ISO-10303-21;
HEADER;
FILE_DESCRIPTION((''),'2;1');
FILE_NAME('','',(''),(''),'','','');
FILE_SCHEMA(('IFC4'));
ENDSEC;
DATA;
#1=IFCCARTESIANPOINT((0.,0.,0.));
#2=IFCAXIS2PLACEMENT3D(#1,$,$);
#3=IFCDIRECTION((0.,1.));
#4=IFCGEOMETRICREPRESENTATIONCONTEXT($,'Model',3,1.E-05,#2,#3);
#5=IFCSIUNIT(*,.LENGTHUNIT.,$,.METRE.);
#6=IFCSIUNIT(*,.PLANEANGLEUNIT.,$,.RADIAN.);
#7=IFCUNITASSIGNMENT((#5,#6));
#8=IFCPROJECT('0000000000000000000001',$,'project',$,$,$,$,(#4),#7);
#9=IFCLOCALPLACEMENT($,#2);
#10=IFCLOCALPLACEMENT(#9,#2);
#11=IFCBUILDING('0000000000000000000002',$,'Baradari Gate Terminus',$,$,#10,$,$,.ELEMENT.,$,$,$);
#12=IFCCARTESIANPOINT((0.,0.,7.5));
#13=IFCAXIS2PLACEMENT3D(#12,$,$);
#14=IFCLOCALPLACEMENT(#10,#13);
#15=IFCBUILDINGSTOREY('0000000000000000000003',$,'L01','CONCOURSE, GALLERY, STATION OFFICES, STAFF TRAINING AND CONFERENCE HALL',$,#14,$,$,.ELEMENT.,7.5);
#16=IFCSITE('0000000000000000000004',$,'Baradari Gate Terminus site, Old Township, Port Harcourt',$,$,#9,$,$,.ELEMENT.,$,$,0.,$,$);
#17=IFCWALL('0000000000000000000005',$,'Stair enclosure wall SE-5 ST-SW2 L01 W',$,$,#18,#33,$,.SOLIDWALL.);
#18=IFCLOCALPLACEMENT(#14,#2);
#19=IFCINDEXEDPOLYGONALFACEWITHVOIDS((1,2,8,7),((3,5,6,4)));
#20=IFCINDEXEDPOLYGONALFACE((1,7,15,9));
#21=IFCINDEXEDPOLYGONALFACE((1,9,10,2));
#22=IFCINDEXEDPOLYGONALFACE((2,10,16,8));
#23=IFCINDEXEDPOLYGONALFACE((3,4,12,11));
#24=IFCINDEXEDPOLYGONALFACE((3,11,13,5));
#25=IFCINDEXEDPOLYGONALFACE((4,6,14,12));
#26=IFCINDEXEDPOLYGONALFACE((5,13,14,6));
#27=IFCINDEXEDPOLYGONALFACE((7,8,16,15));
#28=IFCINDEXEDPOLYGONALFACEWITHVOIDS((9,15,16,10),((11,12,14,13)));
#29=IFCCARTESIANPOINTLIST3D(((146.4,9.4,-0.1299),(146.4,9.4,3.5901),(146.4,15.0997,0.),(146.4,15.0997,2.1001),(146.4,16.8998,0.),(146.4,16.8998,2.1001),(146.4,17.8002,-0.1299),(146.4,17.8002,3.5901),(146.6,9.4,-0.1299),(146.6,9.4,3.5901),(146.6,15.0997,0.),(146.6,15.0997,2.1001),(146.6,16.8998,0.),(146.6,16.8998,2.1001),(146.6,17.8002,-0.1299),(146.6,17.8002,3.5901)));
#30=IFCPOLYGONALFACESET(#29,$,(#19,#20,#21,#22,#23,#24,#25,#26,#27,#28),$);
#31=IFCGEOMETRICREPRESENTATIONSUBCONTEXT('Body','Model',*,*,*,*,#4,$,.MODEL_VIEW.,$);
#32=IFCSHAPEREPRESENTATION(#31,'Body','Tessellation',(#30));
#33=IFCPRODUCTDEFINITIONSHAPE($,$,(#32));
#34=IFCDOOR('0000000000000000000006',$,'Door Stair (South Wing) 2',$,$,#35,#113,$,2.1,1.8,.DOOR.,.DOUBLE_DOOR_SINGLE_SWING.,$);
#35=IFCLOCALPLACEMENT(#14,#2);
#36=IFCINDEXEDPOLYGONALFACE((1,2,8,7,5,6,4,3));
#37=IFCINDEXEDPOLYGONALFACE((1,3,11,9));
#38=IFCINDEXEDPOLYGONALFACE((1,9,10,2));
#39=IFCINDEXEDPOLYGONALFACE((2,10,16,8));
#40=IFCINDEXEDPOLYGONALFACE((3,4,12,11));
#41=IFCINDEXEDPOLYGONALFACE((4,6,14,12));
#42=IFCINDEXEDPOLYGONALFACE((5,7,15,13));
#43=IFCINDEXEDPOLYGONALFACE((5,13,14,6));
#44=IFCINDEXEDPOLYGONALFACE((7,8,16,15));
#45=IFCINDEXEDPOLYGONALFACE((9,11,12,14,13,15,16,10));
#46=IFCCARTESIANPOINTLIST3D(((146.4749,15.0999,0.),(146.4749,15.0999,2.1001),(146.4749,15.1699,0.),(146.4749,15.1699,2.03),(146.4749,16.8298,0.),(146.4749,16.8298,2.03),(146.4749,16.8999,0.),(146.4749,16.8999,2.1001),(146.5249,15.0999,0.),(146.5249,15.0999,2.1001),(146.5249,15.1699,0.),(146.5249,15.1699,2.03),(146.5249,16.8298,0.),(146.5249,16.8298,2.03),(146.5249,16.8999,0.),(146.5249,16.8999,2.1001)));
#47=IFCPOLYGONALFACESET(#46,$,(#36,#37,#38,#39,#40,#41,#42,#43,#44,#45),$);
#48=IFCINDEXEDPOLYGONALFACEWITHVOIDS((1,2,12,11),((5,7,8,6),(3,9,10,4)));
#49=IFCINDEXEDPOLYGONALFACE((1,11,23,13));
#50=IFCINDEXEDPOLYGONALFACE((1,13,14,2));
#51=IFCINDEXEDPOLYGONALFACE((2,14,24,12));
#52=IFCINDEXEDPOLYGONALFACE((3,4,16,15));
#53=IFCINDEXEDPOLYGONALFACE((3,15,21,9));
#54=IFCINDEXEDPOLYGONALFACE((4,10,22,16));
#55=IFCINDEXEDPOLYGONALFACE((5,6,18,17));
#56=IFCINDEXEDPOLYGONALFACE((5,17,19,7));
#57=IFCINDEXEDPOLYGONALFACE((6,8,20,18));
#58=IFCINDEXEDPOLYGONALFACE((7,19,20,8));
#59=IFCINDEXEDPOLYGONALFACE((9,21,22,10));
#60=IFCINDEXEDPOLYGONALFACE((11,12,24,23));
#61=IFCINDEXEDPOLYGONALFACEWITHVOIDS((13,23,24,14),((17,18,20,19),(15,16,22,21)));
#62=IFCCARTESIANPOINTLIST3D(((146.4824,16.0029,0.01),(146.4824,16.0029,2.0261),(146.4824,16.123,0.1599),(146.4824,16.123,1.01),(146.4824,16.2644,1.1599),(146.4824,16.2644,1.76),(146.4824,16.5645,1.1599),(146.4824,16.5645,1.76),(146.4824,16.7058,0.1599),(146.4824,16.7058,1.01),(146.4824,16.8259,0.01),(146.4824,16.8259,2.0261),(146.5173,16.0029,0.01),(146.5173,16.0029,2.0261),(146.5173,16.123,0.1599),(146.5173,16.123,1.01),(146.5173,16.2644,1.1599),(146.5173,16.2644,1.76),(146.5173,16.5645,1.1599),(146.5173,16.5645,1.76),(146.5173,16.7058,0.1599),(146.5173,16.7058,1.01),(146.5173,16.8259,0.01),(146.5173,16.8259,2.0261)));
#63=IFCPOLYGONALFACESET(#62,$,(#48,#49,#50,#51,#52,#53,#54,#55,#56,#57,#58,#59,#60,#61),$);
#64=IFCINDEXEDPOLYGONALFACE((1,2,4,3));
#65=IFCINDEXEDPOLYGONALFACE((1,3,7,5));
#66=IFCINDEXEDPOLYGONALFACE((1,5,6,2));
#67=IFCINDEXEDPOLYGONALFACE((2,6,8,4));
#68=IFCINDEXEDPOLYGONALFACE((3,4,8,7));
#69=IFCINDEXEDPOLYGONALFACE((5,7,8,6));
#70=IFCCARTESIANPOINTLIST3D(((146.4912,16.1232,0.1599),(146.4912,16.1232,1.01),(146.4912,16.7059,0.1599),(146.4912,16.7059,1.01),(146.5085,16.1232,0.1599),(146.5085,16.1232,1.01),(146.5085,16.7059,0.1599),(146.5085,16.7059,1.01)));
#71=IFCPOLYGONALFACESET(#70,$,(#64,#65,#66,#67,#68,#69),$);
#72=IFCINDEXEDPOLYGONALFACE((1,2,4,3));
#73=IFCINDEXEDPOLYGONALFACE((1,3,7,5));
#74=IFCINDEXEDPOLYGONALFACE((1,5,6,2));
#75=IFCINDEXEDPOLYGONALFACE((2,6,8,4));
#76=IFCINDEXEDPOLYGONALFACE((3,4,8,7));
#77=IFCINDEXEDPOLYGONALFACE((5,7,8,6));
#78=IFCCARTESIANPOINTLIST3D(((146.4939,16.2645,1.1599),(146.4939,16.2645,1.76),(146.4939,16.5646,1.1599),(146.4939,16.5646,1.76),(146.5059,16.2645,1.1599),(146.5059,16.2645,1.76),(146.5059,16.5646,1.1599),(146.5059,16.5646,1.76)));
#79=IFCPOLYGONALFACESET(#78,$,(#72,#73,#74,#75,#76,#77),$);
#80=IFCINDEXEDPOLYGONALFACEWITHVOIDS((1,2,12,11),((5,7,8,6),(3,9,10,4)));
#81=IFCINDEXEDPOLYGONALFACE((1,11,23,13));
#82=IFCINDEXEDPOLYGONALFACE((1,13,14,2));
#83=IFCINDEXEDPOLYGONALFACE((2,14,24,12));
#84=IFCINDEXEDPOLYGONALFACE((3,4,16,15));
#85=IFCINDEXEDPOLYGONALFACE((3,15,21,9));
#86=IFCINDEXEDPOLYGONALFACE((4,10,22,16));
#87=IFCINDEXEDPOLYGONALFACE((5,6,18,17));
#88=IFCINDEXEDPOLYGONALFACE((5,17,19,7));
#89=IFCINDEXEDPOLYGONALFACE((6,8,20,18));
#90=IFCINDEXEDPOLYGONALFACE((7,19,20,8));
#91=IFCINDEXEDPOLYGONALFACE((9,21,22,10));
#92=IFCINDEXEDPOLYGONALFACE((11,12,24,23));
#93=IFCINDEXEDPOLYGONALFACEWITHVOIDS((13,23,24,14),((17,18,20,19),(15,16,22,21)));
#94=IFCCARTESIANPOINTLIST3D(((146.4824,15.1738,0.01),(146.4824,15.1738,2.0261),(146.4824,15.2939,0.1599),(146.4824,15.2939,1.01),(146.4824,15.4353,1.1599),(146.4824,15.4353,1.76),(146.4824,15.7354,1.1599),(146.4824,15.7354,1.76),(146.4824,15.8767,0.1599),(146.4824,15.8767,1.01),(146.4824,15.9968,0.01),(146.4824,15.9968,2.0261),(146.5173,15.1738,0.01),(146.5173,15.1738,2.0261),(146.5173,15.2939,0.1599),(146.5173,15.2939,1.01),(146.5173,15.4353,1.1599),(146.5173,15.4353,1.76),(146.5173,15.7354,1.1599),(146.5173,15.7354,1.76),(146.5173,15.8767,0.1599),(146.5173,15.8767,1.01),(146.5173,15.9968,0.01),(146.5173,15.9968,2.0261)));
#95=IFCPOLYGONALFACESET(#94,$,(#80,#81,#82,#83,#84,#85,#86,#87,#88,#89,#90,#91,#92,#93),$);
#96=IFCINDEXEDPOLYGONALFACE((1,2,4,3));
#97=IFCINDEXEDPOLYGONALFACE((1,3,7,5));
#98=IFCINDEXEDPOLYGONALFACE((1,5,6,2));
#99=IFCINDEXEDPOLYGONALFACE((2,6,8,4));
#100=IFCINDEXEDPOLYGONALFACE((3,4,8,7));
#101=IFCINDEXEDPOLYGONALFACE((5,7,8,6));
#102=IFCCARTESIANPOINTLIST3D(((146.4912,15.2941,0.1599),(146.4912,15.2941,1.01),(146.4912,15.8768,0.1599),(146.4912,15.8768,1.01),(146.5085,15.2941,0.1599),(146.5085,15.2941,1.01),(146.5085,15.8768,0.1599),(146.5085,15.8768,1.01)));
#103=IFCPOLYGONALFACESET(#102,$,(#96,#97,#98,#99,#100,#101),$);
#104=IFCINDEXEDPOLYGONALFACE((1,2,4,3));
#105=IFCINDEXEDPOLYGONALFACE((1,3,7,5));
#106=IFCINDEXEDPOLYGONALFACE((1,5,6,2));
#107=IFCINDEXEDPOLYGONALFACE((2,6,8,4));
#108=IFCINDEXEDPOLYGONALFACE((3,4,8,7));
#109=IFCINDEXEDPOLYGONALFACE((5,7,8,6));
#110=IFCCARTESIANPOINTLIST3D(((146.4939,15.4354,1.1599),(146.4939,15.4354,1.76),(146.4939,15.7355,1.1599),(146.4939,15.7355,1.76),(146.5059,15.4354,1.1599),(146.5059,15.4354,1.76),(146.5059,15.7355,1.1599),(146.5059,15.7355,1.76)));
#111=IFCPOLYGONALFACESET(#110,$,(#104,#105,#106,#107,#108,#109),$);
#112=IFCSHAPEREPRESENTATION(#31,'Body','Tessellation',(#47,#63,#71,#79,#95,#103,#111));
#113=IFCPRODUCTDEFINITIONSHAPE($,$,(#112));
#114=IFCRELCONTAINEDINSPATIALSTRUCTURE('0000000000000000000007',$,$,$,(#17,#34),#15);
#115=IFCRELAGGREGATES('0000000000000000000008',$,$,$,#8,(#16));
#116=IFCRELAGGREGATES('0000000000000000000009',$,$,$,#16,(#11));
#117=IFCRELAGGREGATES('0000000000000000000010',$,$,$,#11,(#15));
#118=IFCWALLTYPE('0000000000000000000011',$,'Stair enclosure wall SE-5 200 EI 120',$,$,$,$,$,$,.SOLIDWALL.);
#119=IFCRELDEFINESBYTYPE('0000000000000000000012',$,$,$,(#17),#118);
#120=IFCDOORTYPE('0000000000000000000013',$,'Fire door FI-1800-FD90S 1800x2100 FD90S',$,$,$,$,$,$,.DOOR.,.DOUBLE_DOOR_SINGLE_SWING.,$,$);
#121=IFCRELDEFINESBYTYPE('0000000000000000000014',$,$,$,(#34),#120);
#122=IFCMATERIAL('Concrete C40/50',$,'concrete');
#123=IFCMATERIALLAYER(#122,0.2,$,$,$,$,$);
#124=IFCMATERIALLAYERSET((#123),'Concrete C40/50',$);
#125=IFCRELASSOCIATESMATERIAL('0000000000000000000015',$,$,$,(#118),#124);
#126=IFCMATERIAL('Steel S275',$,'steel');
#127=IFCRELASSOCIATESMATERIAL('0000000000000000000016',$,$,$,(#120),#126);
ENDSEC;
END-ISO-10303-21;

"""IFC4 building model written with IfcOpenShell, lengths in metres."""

from ifc_helpers import new_model, si_unit, direction, frame, frame_2d, origin, place, context, subcontext, project, spatial, polyline, rectangle, outline, extrude, material, layer, layer_set, type_object, element, fill, save


model = new_model("IFC4")

# Units and contexts
model_context = context("Model", 3, precision=1e-05, world=origin(), true_north=direction((0.0, 1.0)))
body_context = subcontext(model_context, "Body", "Model", "MODEL_VIEW")
ifc_project = project(units=[si_unit("LENGTHUNIT", "METRE"), si_unit("PLANEANGLEUNIT", "RADIAN")], contexts=[model_context])

# Site, building, storey
site_placement = place(None, origin())
site = spatial("IfcSite", under=ifc_project, at=site_placement, Name="Baradari Gate Terminus site, Old Township, Port Harcourt", CompositionType="ELEMENT", RefElevation=0.0)
building_placement = place(site_placement, origin())
building = spatial("IfcBuilding", under=site, at=building_placement, Name="Baradari Gate Terminus", CompositionType="ELEMENT")
storey_placement = place(building_placement, frame((0.0, 0.0, 7.5)))
storey = spatial("IfcBuildingStorey", under=building, at=storey_placement, Name="L01", Description="CONCOURSE, GALLERY, STATION OFFICES, STAFF TRAINING AND CONFERENCE HALL", CompositionType="ELEMENT", Elevation=7.5)

# Shared definitions
ifc_material_1 = material(Name="Concrete C40/50", Category="concrete")
ifc_layer_1 = layer(ifc_material_1, 0.2)
ifc_layer_set_1 = layer_set([ifc_layer_1], Name="Concrete C40/50")
wall_type_1 = type_object("IfcWallType", Name="Stair enclosure wall SE-5 200 EI 120", PredefinedType="SOLIDWALL", material=ifc_layer_set_1)

# Wall, opening, door
ifc_material_2 = material(Name="Steel S275", Category="steel")
door_type = type_object("IfcDoorType", Name="Fire door FI-1800-FD90S 1800x2100 FD90S", OperationType="DOUBLE_DOOR_SINGLE_SWING", PredefinedType="DOOR", material=ifc_material_2)
wall_1_placement = place(storey_placement, frame((146.5, 9.3999, -0.1299), z_axis=(0.0, 0.0, 1.0), x_axis=(0.0, 1.0, 0.0)))
wall_1 = element("IfcWall", 1, at=wall_1_placement, inside=storey, type_object=wall_type_1, Name="Stair enclosure wall SE-5 ST-SW2 L01 W", PredefinedType="SOLIDWALL", context=body_context, shape_type="SweptSolid", body=[
    extrude(rectangle(XDim=8.4001, YDim=0.2, at=frame_2d((4.2002, 0.0))), origin(), (0.0, 0.0, 1.0), 3.72),
])
opening_1_placement = place(wall_1_placement, frame((5.7, 0.0, 0.1299)))
opening_1 = element("IfcOpeningElement", 2, at=opening_1_placement, cuts=wall_1, PredefinedType="OPENING", context=body_context, shape_type="SweptSolid", body=[
    extrude(rectangle(XDim=1.8, YDim=2.1001, at=frame_2d((0.8999, 1.05))), frame((0.0, 0.1099, 0.0), z_axis=(0.0, -1.0, 0.0), x_axis=(1.0, 0.0, 0.0)), (0.0, 0.0, 1.0), 0.22),
])
door_1_placement = place(opening_1_placement, frame((1.8, 0.0, 0.0), z_axis=(0.0, 0.0, 1.0), x_axis=(-1.0, 0.0, 0.0)))
door_1 = element("IfcDoor", 3, at=door_1_placement, inside=storey, type_object=door_type, Name="Door Stair (South Wing) 2", OperationType="DOUBLE_DOOR_SINGLE_SWING", OverallHeight=2.1, OverallWidth=1.8, PredefinedType="DOOR", context=body_context, shape_type="SweptSolid", body=[
    extrude(outline(polyline([(0.0, 0.0), (0.0701, 0.0), (0.0701, 2.03), (1.73, 2.03), (1.73, 0.0), (1.8, 0.0), (1.8, 2.1001), (0.0, 2.1001), (0.0, 0.0)])), frame((0.0, 0.0249, 0.0), z_axis=(0.0, -1.0, 0.0), x_axis=(1.0, 0.0, 0.0)), (0.0, 0.0, 1.0), 0.05),
    extrude(outline(polyline([(0.074, 0.01), (0.897, 0.01), (0.897, 2.0261), (0.074, 2.0261), (0.074, 0.01)]), holes=[polyline([(0.1941, 0.1599), (0.7769, 0.1599), (0.7769, 1.01), (0.1941, 1.01), (0.1941, 0.1599)]), polyline([(0.3354, 1.1599), (0.6355, 1.1599), (0.6355, 1.76), (0.3354, 1.76), (0.3354, 1.1599)])]), frame((0.0, 0.0173, 0.0), z_axis=(0.0, -1.0, 0.0), x_axis=(1.0, 0.0, 0.0)), (0.0, 0.0, 1.0), 0.0349),
    extrude(rectangle(XDim=0.5828, YDim=0.8501, at=frame_2d((0.4854, 0.585))), frame((0.0, 0.0085, 0.0), z_axis=(0.0, -1.0, 0.0), x_axis=(1.0, 0.0, 0.0)), (0.0, 0.0, 1.0), 0.0173),
    extrude(rectangle(XDim=0.3, YDim=0.6001, at=frame_2d((0.4854, 1.46))), frame((0.0, 0.0059, 0.0), z_axis=(0.0, -1.0, 0.0), x_axis=(1.0, 0.0, 0.0)), (0.0, 0.0, 1.0), 0.012),
    extrude(outline(polyline([(0.9031, 0.01), (1.7261, 0.01), (1.7261, 2.0261), (0.9031, 2.0261), (0.9031, 0.01)]), holes=[polyline([(1.0232, 0.1599), (1.606, 0.1599), (1.606, 1.01), (1.0232, 1.01), (1.0232, 0.1599)]), polyline([(1.1646, 1.1599), (1.4646, 1.1599), (1.4646, 1.76), (1.1646, 1.76), (1.1646, 1.1599)])]), frame((0.0, 0.0173, 0.0), z_axis=(0.0, -1.0, 0.0), x_axis=(1.0, 0.0, 0.0)), (0.0, 0.0, 1.0), 0.0349),
    extrude(rectangle(XDim=0.5828, YDim=0.8501, at=frame_2d((1.3145, 0.585))), frame((0.0, 0.0085, 0.0), z_axis=(0.0, -1.0, 0.0), x_axis=(1.0, 0.0, 0.0)), (0.0, 0.0, 1.0), 0.0173),
    extrude(rectangle(XDim=0.3, YDim=0.6001, at=frame_2d((1.3145, 1.46))), frame((0.0, 0.0059, 0.0), z_axis=(0.0, -1.0, 0.0), x_axis=(1.0, 0.0, 0.0)), (0.0, 0.0, 1.0), 0.012),
])
fill(opening_1, door_1)

save(model, "model.ifc")
